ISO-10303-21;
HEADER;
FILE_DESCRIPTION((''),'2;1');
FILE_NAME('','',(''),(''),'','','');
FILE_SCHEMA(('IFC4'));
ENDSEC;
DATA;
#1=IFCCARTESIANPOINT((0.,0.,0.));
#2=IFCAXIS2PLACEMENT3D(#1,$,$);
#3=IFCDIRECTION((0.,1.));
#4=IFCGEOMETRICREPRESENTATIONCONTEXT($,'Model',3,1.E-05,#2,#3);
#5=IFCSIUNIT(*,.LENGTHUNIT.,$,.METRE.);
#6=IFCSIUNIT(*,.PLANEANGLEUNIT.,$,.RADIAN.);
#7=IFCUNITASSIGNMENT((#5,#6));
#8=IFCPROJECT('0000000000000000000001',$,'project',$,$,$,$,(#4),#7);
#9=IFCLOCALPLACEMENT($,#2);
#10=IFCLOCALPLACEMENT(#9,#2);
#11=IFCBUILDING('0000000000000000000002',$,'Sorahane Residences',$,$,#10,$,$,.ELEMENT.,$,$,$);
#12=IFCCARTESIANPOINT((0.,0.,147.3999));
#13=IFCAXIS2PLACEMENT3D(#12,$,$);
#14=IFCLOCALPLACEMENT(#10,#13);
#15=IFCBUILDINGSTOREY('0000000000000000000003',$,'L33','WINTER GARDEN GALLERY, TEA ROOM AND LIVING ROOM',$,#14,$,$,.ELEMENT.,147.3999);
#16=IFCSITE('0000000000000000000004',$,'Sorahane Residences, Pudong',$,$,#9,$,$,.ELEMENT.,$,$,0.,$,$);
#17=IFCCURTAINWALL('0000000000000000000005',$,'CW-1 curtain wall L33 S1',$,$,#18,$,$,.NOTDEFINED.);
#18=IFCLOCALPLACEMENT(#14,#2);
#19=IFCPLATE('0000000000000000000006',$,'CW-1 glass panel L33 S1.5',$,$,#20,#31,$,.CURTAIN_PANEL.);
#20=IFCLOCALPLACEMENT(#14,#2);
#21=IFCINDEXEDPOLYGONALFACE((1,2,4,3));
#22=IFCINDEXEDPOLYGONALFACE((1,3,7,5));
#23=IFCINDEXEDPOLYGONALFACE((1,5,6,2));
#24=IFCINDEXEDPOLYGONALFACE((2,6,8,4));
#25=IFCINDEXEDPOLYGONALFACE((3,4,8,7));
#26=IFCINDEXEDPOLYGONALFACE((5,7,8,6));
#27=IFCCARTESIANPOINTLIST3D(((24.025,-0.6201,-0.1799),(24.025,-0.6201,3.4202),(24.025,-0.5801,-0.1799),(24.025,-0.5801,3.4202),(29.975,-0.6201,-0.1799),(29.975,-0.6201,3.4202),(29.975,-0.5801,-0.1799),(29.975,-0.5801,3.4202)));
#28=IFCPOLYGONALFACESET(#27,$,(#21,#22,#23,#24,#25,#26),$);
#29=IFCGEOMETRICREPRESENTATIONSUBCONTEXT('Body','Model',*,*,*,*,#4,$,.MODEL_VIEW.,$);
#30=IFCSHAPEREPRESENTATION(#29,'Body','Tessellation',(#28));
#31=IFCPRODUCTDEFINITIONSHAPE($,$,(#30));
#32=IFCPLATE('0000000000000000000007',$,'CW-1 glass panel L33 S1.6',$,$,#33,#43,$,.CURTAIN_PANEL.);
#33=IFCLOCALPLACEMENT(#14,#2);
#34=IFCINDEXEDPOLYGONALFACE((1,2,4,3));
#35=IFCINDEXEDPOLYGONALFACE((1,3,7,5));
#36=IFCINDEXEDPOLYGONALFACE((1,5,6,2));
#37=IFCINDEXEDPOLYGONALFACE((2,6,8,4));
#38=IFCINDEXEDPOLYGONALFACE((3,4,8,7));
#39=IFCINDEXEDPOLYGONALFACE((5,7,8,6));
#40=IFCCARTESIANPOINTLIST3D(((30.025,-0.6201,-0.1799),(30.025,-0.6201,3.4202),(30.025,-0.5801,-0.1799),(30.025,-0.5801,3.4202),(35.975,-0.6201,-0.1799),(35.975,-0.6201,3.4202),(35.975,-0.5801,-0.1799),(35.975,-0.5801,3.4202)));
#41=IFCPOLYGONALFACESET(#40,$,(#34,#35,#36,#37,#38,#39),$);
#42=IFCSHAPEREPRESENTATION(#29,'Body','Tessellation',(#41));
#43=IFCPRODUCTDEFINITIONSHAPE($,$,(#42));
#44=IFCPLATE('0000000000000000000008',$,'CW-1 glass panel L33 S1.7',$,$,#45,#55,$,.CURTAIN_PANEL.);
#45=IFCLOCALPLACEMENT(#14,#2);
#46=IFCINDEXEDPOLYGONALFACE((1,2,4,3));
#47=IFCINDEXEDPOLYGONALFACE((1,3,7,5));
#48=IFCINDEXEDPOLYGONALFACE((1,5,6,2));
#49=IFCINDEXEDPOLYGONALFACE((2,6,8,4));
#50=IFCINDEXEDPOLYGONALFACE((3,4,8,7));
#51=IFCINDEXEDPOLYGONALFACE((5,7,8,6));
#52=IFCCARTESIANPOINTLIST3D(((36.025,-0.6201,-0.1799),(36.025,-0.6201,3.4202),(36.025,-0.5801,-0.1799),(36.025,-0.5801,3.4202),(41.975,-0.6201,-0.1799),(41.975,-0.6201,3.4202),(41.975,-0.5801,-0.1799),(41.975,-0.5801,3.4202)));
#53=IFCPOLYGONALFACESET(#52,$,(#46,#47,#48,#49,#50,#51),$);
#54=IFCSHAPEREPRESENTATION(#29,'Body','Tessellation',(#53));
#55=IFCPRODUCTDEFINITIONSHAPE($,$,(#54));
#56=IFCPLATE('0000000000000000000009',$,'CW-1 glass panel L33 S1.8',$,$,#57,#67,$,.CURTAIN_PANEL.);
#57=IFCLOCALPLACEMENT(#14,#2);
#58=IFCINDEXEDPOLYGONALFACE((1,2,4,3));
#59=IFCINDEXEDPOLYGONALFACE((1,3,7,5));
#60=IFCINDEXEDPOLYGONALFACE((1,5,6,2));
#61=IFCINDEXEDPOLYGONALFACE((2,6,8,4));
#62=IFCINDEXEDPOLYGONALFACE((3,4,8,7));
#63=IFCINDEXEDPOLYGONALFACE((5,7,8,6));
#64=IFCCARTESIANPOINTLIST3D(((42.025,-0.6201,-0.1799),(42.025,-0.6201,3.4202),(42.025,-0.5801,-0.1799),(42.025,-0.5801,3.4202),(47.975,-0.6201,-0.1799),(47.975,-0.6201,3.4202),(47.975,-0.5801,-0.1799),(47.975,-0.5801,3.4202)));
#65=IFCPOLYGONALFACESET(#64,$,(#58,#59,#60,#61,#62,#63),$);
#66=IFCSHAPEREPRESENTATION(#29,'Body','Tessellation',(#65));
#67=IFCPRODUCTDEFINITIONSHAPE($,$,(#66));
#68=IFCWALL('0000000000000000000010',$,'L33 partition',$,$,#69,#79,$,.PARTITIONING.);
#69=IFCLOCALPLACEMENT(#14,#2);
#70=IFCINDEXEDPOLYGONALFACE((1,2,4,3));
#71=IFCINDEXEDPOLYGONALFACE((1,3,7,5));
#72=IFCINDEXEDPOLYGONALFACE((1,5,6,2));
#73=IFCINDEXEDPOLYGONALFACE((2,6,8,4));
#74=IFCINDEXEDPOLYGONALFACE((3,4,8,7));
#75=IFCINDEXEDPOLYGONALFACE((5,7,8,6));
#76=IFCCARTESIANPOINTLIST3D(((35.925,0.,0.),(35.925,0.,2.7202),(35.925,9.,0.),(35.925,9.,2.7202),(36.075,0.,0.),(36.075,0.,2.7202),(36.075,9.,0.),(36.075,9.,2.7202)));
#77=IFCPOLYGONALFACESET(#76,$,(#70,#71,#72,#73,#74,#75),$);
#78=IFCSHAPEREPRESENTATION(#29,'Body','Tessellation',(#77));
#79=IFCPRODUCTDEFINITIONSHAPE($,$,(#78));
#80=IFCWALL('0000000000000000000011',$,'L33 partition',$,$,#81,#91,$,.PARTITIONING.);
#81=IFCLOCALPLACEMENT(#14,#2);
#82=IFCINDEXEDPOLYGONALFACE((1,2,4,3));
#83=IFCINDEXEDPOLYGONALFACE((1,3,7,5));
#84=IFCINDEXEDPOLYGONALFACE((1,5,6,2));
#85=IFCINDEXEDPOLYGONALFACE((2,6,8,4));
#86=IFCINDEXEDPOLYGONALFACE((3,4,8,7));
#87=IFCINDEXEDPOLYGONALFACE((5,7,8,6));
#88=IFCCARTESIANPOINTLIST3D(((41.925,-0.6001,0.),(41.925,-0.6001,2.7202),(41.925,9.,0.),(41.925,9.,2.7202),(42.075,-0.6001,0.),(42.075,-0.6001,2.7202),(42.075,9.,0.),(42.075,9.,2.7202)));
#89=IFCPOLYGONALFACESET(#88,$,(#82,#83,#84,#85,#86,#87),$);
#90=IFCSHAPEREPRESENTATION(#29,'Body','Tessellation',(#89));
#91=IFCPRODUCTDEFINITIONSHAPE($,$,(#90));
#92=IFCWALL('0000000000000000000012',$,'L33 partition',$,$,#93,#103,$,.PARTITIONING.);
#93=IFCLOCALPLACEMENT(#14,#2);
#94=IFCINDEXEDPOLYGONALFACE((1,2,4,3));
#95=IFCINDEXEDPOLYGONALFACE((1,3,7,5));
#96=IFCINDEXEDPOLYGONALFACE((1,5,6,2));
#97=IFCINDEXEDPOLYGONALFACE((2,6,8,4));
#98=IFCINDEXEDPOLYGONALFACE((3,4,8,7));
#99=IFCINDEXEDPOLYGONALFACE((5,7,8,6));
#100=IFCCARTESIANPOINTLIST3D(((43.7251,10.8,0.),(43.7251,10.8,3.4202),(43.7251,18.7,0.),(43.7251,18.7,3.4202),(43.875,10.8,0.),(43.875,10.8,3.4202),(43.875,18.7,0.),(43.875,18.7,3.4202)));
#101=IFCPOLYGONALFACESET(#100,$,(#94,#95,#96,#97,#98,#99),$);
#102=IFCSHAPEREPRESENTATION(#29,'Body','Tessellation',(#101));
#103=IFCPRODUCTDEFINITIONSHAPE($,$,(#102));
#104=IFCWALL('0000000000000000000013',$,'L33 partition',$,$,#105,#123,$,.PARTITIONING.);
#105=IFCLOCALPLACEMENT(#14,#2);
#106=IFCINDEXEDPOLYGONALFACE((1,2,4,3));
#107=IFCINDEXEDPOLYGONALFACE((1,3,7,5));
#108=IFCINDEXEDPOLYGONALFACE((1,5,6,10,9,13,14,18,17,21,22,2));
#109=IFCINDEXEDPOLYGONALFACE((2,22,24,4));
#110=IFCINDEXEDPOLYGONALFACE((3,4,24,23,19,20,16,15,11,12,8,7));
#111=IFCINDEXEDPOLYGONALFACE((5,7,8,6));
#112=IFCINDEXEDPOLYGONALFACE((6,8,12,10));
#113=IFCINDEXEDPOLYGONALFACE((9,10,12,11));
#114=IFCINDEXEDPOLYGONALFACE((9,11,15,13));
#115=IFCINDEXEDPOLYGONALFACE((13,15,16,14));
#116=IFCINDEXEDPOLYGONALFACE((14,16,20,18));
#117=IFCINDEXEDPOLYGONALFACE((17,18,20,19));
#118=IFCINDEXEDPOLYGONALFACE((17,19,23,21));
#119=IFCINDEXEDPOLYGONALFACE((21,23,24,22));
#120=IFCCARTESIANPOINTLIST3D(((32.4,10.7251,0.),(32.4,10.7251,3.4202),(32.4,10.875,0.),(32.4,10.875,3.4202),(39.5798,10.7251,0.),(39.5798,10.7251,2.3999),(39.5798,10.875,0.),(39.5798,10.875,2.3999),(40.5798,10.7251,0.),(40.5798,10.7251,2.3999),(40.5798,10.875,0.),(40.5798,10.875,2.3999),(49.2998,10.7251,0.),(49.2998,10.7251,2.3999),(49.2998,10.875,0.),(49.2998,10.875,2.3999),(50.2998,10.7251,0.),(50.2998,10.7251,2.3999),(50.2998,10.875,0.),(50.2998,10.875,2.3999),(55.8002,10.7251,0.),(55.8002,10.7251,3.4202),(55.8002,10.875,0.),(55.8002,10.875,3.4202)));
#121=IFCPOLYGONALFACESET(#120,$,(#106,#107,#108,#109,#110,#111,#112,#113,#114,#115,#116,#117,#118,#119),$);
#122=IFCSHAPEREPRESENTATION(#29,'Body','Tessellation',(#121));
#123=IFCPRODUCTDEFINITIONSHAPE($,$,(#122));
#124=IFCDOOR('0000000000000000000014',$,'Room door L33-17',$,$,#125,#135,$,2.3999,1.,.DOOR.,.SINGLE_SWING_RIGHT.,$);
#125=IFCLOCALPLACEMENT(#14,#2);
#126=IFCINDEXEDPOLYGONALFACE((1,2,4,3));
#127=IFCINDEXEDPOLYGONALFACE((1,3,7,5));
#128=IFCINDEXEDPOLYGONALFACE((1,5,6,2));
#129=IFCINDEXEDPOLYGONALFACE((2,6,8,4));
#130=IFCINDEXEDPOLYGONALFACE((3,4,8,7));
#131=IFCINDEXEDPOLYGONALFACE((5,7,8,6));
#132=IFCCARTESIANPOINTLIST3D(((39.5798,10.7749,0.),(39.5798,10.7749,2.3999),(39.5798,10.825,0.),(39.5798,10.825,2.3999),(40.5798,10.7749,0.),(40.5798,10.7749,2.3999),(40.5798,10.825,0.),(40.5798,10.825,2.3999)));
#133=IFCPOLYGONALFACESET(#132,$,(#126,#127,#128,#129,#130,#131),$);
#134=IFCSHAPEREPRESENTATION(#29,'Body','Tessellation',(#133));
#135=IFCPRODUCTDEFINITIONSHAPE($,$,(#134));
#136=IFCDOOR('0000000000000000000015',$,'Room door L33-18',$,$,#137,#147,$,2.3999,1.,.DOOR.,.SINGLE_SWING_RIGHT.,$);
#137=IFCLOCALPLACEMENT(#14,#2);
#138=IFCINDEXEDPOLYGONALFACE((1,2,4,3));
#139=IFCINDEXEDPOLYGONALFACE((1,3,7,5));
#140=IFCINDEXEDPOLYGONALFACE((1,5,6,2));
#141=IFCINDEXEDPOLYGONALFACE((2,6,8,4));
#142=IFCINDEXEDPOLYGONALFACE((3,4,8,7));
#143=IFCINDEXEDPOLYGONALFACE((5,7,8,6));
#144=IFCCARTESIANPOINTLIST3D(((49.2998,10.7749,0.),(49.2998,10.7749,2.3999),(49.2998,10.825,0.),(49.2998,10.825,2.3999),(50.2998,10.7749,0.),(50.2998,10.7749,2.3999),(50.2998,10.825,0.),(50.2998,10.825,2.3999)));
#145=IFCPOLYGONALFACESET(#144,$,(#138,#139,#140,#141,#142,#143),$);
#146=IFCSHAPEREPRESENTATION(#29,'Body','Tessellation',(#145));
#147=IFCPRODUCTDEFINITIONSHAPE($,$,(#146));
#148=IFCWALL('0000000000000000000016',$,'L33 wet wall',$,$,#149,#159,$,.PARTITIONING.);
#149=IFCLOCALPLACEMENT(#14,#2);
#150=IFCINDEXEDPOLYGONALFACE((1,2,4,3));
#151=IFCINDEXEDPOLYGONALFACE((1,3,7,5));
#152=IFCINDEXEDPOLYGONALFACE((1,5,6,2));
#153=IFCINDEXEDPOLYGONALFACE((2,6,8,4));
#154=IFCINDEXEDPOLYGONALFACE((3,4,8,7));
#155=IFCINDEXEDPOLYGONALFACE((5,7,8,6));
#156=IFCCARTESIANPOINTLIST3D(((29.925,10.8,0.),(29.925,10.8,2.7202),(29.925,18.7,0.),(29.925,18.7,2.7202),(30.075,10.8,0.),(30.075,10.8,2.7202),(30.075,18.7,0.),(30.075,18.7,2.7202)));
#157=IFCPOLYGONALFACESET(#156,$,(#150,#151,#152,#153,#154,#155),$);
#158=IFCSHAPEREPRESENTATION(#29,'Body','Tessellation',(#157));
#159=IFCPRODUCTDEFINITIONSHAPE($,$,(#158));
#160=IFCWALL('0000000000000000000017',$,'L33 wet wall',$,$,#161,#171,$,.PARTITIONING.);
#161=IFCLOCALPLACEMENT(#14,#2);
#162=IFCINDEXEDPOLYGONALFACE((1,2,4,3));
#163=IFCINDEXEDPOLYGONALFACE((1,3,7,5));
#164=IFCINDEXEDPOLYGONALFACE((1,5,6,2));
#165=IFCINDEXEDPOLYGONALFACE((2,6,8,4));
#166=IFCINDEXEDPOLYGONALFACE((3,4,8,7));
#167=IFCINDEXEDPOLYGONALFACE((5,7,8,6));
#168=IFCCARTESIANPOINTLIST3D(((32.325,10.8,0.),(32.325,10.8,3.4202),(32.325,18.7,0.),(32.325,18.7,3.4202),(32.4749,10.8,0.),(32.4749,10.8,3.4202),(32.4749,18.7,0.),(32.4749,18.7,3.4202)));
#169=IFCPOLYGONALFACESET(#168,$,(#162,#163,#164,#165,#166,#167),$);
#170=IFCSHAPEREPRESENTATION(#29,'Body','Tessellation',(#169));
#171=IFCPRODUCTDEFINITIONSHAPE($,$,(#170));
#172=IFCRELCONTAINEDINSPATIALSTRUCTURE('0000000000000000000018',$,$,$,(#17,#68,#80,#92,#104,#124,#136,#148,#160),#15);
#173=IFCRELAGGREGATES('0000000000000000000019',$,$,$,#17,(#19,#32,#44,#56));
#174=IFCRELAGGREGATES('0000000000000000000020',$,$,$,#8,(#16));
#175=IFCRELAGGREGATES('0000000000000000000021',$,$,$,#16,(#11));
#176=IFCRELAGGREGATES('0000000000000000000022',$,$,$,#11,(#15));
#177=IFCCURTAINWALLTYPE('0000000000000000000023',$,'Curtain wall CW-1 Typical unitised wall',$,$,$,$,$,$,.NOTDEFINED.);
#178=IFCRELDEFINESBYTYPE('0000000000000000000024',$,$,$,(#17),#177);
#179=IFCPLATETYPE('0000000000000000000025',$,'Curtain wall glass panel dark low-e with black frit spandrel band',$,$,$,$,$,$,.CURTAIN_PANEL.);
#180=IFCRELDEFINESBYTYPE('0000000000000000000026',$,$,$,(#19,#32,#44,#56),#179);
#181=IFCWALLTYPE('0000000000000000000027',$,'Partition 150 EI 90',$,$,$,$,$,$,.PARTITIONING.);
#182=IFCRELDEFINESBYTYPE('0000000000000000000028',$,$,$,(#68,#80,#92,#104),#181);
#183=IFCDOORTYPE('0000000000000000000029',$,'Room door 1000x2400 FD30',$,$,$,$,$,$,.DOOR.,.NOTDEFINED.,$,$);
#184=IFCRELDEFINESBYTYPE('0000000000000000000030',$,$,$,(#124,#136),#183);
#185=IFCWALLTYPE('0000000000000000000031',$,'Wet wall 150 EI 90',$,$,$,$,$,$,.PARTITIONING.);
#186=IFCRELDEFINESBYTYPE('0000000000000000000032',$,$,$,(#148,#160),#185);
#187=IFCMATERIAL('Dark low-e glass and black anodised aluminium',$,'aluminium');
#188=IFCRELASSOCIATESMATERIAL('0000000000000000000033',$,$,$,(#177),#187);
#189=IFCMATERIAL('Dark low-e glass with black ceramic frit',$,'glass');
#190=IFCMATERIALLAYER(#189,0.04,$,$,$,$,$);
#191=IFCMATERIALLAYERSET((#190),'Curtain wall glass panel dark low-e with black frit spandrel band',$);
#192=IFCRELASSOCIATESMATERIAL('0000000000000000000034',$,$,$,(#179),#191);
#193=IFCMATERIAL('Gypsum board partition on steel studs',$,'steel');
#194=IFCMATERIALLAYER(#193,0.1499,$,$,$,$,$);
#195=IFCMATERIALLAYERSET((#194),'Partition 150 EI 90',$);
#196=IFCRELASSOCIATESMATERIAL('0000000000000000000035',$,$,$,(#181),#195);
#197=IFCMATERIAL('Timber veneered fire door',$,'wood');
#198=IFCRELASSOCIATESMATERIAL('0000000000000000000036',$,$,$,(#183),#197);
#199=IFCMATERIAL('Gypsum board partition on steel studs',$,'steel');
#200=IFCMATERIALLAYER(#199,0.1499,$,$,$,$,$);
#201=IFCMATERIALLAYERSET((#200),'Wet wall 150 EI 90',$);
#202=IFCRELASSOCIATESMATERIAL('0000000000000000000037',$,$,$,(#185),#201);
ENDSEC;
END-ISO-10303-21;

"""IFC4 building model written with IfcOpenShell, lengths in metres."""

from ifc_helpers import new_model, si_unit, direction, frame, frame_2d, origin, origin_2d, place, context, subcontext, project, spatial, rectangle, extrude, material, layer, layer_set, type_object, element, fill, aggregate, save


model = new_model("IFC4")

# Units and contexts
model_context = context("Model", 3, precision=1e-05, world=origin(), true_north=direction((0.0, 1.0)))
body_context = subcontext(model_context, "Body", "Model", "MODEL_VIEW")
ifc_project = project(units=[si_unit("LENGTHUNIT", "METRE"), si_unit("PLANEANGLEUNIT", "RADIAN")], contexts=[model_context])

# Site, building, storey
site_placement = place(None, origin())
site = spatial("IfcSite", under=ifc_project, at=site_placement, Name="Sorahane Residences, Pudong", CompositionType="ELEMENT", RefElevation=0.0)
building_placement = place(site_placement, origin())
building = spatial("IfcBuilding", under=site, at=building_placement, Name="Sorahane Residences", CompositionType="ELEMENT")
storey_placement = place(building_placement, frame((0.0, 0.0, 147.3999)))
storey = spatial("IfcBuildingStorey", under=building, at=storey_placement, Name="L33", Description="WINTER GARDEN GALLERY, TEA ROOM AND LIVING ROOM", CompositionType="ELEMENT", Elevation=147.3999)

# Curtain wall
ifc_material_1 = material(Name="Dark low-e glass and black anodised aluminium", Category="aluminium")
curtain_wall_type = type_object("IfcCurtainWallType", Name="Curtain wall CW-1 Typical unitised wall", PredefinedType="NOTDEFINED", material=ifc_material_1)
curtain_wall_placement = place(storey_placement, origin())
curtain_wall = element("IfcCurtainWall", 1, at=curtain_wall_placement, inside=storey, type_object=curtain_wall_type, Name="CW-1 curtain wall L33 S1", PredefinedType="NOTDEFINED")

# Plates
ifc_material_2 = material(Name="Dark low-e glass with black ceramic frit", Category="glass")
ifc_layer_1 = layer(ifc_material_2, 0.04)
ifc_layer_set_1 = layer_set([ifc_layer_1], Name="Curtain wall glass panel dark low-e with black frit spandrel band")
plate_type = type_object("IfcPlateType", Name="Curtain wall glass panel dark low-e with black frit spandrel band", PredefinedType="CURTAIN_PANEL", material=ifc_layer_set_1)
plate_1_placement = place(storey_placement, frame((27.0, -0.6001, -0.1799), z_axis=(0.0, 0.0, 1.0), x_axis=(1.0, 0.0, 0.0)))
plate_1 = element("IfcPlate", 2, at=plate_1_placement, type_object=plate_type, Name="CW-1 glass panel L33 S1.5", PredefinedType="CURTAIN_PANEL", context=body_context, shape_type="SweptSolid", body=[
    extrude(rectangle(XDim=5.95, YDim=0.04, at=origin_2d()), origin(), (0.0, 0.0, 1.0), 3.6001),
])
plate_2_placement = place(storey_placement, frame((33.0, -0.6001, -0.1799), z_axis=(0.0, 0.0, 1.0), x_axis=(1.0, 0.0, 0.0)))
plate_2 = element("IfcPlate", 3, at=plate_2_placement, type_object=plate_type, Name="CW-1 glass panel L33 S1.6", PredefinedType="CURTAIN_PANEL", context=body_context, shape_type="SweptSolid", body=[
    extrude(rectangle(XDim=5.95, YDim=0.04, at=origin_2d()), origin(), (0.0, 0.0, 1.0), 3.6001),
])
plate_3_placement = place(storey_placement, frame((39.0, -0.6001, -0.1799), z_axis=(0.0, 0.0, 1.0), x_axis=(1.0, 0.0, 0.0)))
plate_3 = element("IfcPlate", 4, at=plate_3_placement, type_object=plate_type, Name="CW-1 glass panel L33 S1.7", PredefinedType="CURTAIN_PANEL", context=body_context, shape_type="SweptSolid", body=[
    extrude(rectangle(XDim=5.95, YDim=0.04, at=origin_2d()), origin(), (0.0, 0.0, 1.0), 3.6001),
])
plate_4_placement = place(storey_placement, frame((45.0, -0.6001, -0.1799), z_axis=(0.0, 0.0, 1.0), x_axis=(1.0, 0.0, 0.0)))
plate_4 = element("IfcPlate", 5, at=plate_4_placement, type_object=plate_type, Name="CW-1 glass panel L33 S1.8", PredefinedType="CURTAIN_PANEL", context=body_context, shape_type="SweptSolid", body=[
    extrude(rectangle(XDim=5.95, YDim=0.04, at=origin_2d()), origin(), (0.0, 0.0, 1.0), 3.6001),
])
aggregate(curtain_wall, [plate_1, plate_2, plate_3, plate_4])

# Walls
ifc_material_3 = material(Name="Gypsum board partition on steel studs", Category="steel")
ifc_layer_2 = layer(ifc_material_3, 0.1499)
ifc_layer_set_2 = layer_set([ifc_layer_2], Name="Partition 150 EI 90")
wall_type_1 = type_object("IfcWallType", Name="Partition 150 EI 90", PredefinedType="PARTITIONING", material=ifc_layer_set_2)
wall_1_placement = place(storey_placement, frame((36.0, 0.0, 0.0), z_axis=(0.0, 0.0, 1.0), x_axis=(0.0, 1.0, 0.0)))
element("IfcWall", 6, at=wall_1_placement, inside=storey, type_object=wall_type_1, Name="L33 partition", PredefinedType="PARTITIONING", context=body_context, shape_type="SweptSolid", body=[
    extrude(rectangle(XDim=9.0, YDim=0.1499, at=frame_2d((4.5, 0.0))), origin(), (0.0, 0.0, 1.0), 2.7202),
])
wall_2_placement = place(storey_placement, frame((42.0, -0.6001, 0.0), z_axis=(0.0, 0.0, 1.0), x_axis=(0.0, 1.0, 0.0)))
element("IfcWall", 7, at=wall_2_placement, inside=storey, type_object=wall_type_1, Name="L33 partition", PredefinedType="PARTITIONING", context=body_context, shape_type="SweptSolid", body=[
    extrude(rectangle(XDim=9.6001, YDim=0.1499, at=frame_2d((4.8, 0.0))), origin(), (0.0, 0.0, 1.0), 2.7202),
])
wall_3_placement = place(storey_placement, frame((43.8, 10.8, 0.0), z_axis=(0.0, 0.0, 1.0), x_axis=(0.0, 1.0, 0.0)))
element("IfcWall", 8, at=wall_3_placement, inside=storey, type_object=wall_type_1, Name="L33 partition", PredefinedType="PARTITIONING", context=body_context, shape_type="SweptSolid", body=[
    extrude(rectangle(XDim=7.8999, YDim=0.1499, at=frame_2d((3.95, 0.0))), origin(), (0.0, 0.0, 1.0), 3.4202),
])

# Wall, openings, doors
wall_4_placement = place(storey_placement, frame((32.3999, 10.8, 0.0), z_axis=(0.0, 0.0, 1.0), x_axis=(1.0, 0.0, 0.0)))
wall_4 = element("IfcWall", 9, at=wall_4_placement, inside=storey, type_object=wall_type_1, Name="L33 partition", PredefinedType="PARTITIONING", context=body_context, shape_type="SweptSolid", body=[
    extrude(rectangle(XDim=23.4001, YDim=0.1499, at=frame_2d((11.7002, 0.0))), origin(), (0.0, 0.0, 1.0), 3.4202),
])
opening_1_placement = place(wall_4_placement, frame((7.1799, 0.0, 0.0)))
opening_1 = element("IfcOpeningElement", 10, at=opening_1_placement, cuts=wall_4, PredefinedType="OPENING", context=body_context, shape_type="SweptSolid", body=[
    extrude(rectangle(XDim=1.0, YDim=2.3999, at=frame_2d((0.5, 1.2))), frame((0.0, 0.085, 0.0), z_axis=(0.0, -1.0, 0.0), x_axis=(1.0, 0.0, 0.0)), (0.0, 0.0, 1.0), 0.1699),
])
opening_2_placement = place(wall_4_placement, frame((16.8999, 0.0, 0.0)))
opening_2 = element("IfcOpeningElement", 11, at=opening_2_placement, cuts=wall_4, PredefinedType="OPENING", context=body_context, shape_type="SweptSolid", body=[
    extrude(rectangle(XDim=1.0, YDim=2.3999, at=frame_2d((0.5, 1.2))), frame((0.0, 0.085, 0.0), z_axis=(0.0, -1.0, 0.0), x_axis=(1.0, 0.0, 0.0)), (0.0, 0.0, 1.0), 0.1699),
])
ifc_material_4 = material(Name="Timber veneered fire door", Category="wood")
door_type_1 = type_object("IfcDoorType", Name="Room door 1000x2400 FD30", OperationType="NOTDEFINED", PredefinedType="DOOR", material=ifc_material_4)
door_1_placement = place(opening_1_placement, origin())
door_1 = element("IfcDoor", 12, at=door_1_placement, inside=storey, type_object=door_type_1, Name="Room door L33-17", OperationType="SINGLE_SWING_RIGHT", OverallHeight=2.3999, OverallWidth=1.0, PredefinedType="DOOR", context=body_context, shape_type="SweptSolid", body=[
    extrude(rectangle(XDim=1.0, YDim=2.3999, at=frame_2d((0.5, 1.2))), frame((0.0, 0.0249, 0.0), z_axis=(0.0, -1.0, 0.0), x_axis=(1.0, 0.0, 0.0)), (0.0, 0.0, 1.0), 0.05),
])
fill(opening_1, door_1)
door_2_placement = place(opening_2_placement, origin())
door_2 = element("IfcDoor", 13, at=door_2_placement, inside=storey, type_object=door_type_1, Name="Room door L33-18", OperationType="SINGLE_SWING_RIGHT", OverallHeight=2.3999, OverallWidth=1.0, PredefinedType="DOOR", context=body_context, shape_type="SweptSolid", body=[
    extrude(rectangle(XDim=1.0, YDim=2.3999, at=frame_2d((0.5, 1.2))), frame((0.0, 0.0249, 0.0), z_axis=(0.0, -1.0, 0.0), x_axis=(1.0, 0.0, 0.0)), (0.0, 0.0, 1.0), 0.05),
])
fill(opening_2, door_2)

# Walls
ifc_material_5 = material(Name="Gypsum board partition on steel studs", Category="steel")
ifc_layer_3 = layer(ifc_material_5, 0.1499)
ifc_layer_set_3 = layer_set([ifc_layer_3], Name="Wet wall 150 EI 90")
wall_type_2 = type_object("IfcWallType", Name="Wet wall 150 EI 90", PredefinedType="PARTITIONING", material=ifc_layer_set_3)
wall_5_placement = place(storey_placement, frame((30.0, 10.8, 0.0), z_axis=(0.0, 0.0, 1.0), x_axis=(0.0, 1.0, 0.0)))
element("IfcWall", 14, at=wall_5_placement, inside=storey, type_object=wall_type_2, Name="L33 wet wall", PredefinedType="PARTITIONING", context=body_context, shape_type="SweptSolid", body=[
    extrude(rectangle(XDim=7.8999, YDim=0.1499, at=frame_2d((3.95, 0.0))), origin(), (0.0, 0.0, 1.0), 2.7202),
])
wall_6_placement = place(storey_placement, frame((32.3999, 10.8, 0.0), z_axis=(0.0, 0.0, 1.0), x_axis=(0.0, 1.0, 0.0)))
element("IfcWall", 15, at=wall_6_placement, inside=storey, type_object=wall_type_2, Name="L33 wet wall", PredefinedType="PARTITIONING", context=body_context, shape_type="SweptSolid", body=[
    extrude(rectangle(XDim=7.8999, YDim=0.1499, at=frame_2d((3.95, 0.0))), origin(), (0.0, 0.0, 1.0), 3.4202),
])

save(model, "model.ifc")
